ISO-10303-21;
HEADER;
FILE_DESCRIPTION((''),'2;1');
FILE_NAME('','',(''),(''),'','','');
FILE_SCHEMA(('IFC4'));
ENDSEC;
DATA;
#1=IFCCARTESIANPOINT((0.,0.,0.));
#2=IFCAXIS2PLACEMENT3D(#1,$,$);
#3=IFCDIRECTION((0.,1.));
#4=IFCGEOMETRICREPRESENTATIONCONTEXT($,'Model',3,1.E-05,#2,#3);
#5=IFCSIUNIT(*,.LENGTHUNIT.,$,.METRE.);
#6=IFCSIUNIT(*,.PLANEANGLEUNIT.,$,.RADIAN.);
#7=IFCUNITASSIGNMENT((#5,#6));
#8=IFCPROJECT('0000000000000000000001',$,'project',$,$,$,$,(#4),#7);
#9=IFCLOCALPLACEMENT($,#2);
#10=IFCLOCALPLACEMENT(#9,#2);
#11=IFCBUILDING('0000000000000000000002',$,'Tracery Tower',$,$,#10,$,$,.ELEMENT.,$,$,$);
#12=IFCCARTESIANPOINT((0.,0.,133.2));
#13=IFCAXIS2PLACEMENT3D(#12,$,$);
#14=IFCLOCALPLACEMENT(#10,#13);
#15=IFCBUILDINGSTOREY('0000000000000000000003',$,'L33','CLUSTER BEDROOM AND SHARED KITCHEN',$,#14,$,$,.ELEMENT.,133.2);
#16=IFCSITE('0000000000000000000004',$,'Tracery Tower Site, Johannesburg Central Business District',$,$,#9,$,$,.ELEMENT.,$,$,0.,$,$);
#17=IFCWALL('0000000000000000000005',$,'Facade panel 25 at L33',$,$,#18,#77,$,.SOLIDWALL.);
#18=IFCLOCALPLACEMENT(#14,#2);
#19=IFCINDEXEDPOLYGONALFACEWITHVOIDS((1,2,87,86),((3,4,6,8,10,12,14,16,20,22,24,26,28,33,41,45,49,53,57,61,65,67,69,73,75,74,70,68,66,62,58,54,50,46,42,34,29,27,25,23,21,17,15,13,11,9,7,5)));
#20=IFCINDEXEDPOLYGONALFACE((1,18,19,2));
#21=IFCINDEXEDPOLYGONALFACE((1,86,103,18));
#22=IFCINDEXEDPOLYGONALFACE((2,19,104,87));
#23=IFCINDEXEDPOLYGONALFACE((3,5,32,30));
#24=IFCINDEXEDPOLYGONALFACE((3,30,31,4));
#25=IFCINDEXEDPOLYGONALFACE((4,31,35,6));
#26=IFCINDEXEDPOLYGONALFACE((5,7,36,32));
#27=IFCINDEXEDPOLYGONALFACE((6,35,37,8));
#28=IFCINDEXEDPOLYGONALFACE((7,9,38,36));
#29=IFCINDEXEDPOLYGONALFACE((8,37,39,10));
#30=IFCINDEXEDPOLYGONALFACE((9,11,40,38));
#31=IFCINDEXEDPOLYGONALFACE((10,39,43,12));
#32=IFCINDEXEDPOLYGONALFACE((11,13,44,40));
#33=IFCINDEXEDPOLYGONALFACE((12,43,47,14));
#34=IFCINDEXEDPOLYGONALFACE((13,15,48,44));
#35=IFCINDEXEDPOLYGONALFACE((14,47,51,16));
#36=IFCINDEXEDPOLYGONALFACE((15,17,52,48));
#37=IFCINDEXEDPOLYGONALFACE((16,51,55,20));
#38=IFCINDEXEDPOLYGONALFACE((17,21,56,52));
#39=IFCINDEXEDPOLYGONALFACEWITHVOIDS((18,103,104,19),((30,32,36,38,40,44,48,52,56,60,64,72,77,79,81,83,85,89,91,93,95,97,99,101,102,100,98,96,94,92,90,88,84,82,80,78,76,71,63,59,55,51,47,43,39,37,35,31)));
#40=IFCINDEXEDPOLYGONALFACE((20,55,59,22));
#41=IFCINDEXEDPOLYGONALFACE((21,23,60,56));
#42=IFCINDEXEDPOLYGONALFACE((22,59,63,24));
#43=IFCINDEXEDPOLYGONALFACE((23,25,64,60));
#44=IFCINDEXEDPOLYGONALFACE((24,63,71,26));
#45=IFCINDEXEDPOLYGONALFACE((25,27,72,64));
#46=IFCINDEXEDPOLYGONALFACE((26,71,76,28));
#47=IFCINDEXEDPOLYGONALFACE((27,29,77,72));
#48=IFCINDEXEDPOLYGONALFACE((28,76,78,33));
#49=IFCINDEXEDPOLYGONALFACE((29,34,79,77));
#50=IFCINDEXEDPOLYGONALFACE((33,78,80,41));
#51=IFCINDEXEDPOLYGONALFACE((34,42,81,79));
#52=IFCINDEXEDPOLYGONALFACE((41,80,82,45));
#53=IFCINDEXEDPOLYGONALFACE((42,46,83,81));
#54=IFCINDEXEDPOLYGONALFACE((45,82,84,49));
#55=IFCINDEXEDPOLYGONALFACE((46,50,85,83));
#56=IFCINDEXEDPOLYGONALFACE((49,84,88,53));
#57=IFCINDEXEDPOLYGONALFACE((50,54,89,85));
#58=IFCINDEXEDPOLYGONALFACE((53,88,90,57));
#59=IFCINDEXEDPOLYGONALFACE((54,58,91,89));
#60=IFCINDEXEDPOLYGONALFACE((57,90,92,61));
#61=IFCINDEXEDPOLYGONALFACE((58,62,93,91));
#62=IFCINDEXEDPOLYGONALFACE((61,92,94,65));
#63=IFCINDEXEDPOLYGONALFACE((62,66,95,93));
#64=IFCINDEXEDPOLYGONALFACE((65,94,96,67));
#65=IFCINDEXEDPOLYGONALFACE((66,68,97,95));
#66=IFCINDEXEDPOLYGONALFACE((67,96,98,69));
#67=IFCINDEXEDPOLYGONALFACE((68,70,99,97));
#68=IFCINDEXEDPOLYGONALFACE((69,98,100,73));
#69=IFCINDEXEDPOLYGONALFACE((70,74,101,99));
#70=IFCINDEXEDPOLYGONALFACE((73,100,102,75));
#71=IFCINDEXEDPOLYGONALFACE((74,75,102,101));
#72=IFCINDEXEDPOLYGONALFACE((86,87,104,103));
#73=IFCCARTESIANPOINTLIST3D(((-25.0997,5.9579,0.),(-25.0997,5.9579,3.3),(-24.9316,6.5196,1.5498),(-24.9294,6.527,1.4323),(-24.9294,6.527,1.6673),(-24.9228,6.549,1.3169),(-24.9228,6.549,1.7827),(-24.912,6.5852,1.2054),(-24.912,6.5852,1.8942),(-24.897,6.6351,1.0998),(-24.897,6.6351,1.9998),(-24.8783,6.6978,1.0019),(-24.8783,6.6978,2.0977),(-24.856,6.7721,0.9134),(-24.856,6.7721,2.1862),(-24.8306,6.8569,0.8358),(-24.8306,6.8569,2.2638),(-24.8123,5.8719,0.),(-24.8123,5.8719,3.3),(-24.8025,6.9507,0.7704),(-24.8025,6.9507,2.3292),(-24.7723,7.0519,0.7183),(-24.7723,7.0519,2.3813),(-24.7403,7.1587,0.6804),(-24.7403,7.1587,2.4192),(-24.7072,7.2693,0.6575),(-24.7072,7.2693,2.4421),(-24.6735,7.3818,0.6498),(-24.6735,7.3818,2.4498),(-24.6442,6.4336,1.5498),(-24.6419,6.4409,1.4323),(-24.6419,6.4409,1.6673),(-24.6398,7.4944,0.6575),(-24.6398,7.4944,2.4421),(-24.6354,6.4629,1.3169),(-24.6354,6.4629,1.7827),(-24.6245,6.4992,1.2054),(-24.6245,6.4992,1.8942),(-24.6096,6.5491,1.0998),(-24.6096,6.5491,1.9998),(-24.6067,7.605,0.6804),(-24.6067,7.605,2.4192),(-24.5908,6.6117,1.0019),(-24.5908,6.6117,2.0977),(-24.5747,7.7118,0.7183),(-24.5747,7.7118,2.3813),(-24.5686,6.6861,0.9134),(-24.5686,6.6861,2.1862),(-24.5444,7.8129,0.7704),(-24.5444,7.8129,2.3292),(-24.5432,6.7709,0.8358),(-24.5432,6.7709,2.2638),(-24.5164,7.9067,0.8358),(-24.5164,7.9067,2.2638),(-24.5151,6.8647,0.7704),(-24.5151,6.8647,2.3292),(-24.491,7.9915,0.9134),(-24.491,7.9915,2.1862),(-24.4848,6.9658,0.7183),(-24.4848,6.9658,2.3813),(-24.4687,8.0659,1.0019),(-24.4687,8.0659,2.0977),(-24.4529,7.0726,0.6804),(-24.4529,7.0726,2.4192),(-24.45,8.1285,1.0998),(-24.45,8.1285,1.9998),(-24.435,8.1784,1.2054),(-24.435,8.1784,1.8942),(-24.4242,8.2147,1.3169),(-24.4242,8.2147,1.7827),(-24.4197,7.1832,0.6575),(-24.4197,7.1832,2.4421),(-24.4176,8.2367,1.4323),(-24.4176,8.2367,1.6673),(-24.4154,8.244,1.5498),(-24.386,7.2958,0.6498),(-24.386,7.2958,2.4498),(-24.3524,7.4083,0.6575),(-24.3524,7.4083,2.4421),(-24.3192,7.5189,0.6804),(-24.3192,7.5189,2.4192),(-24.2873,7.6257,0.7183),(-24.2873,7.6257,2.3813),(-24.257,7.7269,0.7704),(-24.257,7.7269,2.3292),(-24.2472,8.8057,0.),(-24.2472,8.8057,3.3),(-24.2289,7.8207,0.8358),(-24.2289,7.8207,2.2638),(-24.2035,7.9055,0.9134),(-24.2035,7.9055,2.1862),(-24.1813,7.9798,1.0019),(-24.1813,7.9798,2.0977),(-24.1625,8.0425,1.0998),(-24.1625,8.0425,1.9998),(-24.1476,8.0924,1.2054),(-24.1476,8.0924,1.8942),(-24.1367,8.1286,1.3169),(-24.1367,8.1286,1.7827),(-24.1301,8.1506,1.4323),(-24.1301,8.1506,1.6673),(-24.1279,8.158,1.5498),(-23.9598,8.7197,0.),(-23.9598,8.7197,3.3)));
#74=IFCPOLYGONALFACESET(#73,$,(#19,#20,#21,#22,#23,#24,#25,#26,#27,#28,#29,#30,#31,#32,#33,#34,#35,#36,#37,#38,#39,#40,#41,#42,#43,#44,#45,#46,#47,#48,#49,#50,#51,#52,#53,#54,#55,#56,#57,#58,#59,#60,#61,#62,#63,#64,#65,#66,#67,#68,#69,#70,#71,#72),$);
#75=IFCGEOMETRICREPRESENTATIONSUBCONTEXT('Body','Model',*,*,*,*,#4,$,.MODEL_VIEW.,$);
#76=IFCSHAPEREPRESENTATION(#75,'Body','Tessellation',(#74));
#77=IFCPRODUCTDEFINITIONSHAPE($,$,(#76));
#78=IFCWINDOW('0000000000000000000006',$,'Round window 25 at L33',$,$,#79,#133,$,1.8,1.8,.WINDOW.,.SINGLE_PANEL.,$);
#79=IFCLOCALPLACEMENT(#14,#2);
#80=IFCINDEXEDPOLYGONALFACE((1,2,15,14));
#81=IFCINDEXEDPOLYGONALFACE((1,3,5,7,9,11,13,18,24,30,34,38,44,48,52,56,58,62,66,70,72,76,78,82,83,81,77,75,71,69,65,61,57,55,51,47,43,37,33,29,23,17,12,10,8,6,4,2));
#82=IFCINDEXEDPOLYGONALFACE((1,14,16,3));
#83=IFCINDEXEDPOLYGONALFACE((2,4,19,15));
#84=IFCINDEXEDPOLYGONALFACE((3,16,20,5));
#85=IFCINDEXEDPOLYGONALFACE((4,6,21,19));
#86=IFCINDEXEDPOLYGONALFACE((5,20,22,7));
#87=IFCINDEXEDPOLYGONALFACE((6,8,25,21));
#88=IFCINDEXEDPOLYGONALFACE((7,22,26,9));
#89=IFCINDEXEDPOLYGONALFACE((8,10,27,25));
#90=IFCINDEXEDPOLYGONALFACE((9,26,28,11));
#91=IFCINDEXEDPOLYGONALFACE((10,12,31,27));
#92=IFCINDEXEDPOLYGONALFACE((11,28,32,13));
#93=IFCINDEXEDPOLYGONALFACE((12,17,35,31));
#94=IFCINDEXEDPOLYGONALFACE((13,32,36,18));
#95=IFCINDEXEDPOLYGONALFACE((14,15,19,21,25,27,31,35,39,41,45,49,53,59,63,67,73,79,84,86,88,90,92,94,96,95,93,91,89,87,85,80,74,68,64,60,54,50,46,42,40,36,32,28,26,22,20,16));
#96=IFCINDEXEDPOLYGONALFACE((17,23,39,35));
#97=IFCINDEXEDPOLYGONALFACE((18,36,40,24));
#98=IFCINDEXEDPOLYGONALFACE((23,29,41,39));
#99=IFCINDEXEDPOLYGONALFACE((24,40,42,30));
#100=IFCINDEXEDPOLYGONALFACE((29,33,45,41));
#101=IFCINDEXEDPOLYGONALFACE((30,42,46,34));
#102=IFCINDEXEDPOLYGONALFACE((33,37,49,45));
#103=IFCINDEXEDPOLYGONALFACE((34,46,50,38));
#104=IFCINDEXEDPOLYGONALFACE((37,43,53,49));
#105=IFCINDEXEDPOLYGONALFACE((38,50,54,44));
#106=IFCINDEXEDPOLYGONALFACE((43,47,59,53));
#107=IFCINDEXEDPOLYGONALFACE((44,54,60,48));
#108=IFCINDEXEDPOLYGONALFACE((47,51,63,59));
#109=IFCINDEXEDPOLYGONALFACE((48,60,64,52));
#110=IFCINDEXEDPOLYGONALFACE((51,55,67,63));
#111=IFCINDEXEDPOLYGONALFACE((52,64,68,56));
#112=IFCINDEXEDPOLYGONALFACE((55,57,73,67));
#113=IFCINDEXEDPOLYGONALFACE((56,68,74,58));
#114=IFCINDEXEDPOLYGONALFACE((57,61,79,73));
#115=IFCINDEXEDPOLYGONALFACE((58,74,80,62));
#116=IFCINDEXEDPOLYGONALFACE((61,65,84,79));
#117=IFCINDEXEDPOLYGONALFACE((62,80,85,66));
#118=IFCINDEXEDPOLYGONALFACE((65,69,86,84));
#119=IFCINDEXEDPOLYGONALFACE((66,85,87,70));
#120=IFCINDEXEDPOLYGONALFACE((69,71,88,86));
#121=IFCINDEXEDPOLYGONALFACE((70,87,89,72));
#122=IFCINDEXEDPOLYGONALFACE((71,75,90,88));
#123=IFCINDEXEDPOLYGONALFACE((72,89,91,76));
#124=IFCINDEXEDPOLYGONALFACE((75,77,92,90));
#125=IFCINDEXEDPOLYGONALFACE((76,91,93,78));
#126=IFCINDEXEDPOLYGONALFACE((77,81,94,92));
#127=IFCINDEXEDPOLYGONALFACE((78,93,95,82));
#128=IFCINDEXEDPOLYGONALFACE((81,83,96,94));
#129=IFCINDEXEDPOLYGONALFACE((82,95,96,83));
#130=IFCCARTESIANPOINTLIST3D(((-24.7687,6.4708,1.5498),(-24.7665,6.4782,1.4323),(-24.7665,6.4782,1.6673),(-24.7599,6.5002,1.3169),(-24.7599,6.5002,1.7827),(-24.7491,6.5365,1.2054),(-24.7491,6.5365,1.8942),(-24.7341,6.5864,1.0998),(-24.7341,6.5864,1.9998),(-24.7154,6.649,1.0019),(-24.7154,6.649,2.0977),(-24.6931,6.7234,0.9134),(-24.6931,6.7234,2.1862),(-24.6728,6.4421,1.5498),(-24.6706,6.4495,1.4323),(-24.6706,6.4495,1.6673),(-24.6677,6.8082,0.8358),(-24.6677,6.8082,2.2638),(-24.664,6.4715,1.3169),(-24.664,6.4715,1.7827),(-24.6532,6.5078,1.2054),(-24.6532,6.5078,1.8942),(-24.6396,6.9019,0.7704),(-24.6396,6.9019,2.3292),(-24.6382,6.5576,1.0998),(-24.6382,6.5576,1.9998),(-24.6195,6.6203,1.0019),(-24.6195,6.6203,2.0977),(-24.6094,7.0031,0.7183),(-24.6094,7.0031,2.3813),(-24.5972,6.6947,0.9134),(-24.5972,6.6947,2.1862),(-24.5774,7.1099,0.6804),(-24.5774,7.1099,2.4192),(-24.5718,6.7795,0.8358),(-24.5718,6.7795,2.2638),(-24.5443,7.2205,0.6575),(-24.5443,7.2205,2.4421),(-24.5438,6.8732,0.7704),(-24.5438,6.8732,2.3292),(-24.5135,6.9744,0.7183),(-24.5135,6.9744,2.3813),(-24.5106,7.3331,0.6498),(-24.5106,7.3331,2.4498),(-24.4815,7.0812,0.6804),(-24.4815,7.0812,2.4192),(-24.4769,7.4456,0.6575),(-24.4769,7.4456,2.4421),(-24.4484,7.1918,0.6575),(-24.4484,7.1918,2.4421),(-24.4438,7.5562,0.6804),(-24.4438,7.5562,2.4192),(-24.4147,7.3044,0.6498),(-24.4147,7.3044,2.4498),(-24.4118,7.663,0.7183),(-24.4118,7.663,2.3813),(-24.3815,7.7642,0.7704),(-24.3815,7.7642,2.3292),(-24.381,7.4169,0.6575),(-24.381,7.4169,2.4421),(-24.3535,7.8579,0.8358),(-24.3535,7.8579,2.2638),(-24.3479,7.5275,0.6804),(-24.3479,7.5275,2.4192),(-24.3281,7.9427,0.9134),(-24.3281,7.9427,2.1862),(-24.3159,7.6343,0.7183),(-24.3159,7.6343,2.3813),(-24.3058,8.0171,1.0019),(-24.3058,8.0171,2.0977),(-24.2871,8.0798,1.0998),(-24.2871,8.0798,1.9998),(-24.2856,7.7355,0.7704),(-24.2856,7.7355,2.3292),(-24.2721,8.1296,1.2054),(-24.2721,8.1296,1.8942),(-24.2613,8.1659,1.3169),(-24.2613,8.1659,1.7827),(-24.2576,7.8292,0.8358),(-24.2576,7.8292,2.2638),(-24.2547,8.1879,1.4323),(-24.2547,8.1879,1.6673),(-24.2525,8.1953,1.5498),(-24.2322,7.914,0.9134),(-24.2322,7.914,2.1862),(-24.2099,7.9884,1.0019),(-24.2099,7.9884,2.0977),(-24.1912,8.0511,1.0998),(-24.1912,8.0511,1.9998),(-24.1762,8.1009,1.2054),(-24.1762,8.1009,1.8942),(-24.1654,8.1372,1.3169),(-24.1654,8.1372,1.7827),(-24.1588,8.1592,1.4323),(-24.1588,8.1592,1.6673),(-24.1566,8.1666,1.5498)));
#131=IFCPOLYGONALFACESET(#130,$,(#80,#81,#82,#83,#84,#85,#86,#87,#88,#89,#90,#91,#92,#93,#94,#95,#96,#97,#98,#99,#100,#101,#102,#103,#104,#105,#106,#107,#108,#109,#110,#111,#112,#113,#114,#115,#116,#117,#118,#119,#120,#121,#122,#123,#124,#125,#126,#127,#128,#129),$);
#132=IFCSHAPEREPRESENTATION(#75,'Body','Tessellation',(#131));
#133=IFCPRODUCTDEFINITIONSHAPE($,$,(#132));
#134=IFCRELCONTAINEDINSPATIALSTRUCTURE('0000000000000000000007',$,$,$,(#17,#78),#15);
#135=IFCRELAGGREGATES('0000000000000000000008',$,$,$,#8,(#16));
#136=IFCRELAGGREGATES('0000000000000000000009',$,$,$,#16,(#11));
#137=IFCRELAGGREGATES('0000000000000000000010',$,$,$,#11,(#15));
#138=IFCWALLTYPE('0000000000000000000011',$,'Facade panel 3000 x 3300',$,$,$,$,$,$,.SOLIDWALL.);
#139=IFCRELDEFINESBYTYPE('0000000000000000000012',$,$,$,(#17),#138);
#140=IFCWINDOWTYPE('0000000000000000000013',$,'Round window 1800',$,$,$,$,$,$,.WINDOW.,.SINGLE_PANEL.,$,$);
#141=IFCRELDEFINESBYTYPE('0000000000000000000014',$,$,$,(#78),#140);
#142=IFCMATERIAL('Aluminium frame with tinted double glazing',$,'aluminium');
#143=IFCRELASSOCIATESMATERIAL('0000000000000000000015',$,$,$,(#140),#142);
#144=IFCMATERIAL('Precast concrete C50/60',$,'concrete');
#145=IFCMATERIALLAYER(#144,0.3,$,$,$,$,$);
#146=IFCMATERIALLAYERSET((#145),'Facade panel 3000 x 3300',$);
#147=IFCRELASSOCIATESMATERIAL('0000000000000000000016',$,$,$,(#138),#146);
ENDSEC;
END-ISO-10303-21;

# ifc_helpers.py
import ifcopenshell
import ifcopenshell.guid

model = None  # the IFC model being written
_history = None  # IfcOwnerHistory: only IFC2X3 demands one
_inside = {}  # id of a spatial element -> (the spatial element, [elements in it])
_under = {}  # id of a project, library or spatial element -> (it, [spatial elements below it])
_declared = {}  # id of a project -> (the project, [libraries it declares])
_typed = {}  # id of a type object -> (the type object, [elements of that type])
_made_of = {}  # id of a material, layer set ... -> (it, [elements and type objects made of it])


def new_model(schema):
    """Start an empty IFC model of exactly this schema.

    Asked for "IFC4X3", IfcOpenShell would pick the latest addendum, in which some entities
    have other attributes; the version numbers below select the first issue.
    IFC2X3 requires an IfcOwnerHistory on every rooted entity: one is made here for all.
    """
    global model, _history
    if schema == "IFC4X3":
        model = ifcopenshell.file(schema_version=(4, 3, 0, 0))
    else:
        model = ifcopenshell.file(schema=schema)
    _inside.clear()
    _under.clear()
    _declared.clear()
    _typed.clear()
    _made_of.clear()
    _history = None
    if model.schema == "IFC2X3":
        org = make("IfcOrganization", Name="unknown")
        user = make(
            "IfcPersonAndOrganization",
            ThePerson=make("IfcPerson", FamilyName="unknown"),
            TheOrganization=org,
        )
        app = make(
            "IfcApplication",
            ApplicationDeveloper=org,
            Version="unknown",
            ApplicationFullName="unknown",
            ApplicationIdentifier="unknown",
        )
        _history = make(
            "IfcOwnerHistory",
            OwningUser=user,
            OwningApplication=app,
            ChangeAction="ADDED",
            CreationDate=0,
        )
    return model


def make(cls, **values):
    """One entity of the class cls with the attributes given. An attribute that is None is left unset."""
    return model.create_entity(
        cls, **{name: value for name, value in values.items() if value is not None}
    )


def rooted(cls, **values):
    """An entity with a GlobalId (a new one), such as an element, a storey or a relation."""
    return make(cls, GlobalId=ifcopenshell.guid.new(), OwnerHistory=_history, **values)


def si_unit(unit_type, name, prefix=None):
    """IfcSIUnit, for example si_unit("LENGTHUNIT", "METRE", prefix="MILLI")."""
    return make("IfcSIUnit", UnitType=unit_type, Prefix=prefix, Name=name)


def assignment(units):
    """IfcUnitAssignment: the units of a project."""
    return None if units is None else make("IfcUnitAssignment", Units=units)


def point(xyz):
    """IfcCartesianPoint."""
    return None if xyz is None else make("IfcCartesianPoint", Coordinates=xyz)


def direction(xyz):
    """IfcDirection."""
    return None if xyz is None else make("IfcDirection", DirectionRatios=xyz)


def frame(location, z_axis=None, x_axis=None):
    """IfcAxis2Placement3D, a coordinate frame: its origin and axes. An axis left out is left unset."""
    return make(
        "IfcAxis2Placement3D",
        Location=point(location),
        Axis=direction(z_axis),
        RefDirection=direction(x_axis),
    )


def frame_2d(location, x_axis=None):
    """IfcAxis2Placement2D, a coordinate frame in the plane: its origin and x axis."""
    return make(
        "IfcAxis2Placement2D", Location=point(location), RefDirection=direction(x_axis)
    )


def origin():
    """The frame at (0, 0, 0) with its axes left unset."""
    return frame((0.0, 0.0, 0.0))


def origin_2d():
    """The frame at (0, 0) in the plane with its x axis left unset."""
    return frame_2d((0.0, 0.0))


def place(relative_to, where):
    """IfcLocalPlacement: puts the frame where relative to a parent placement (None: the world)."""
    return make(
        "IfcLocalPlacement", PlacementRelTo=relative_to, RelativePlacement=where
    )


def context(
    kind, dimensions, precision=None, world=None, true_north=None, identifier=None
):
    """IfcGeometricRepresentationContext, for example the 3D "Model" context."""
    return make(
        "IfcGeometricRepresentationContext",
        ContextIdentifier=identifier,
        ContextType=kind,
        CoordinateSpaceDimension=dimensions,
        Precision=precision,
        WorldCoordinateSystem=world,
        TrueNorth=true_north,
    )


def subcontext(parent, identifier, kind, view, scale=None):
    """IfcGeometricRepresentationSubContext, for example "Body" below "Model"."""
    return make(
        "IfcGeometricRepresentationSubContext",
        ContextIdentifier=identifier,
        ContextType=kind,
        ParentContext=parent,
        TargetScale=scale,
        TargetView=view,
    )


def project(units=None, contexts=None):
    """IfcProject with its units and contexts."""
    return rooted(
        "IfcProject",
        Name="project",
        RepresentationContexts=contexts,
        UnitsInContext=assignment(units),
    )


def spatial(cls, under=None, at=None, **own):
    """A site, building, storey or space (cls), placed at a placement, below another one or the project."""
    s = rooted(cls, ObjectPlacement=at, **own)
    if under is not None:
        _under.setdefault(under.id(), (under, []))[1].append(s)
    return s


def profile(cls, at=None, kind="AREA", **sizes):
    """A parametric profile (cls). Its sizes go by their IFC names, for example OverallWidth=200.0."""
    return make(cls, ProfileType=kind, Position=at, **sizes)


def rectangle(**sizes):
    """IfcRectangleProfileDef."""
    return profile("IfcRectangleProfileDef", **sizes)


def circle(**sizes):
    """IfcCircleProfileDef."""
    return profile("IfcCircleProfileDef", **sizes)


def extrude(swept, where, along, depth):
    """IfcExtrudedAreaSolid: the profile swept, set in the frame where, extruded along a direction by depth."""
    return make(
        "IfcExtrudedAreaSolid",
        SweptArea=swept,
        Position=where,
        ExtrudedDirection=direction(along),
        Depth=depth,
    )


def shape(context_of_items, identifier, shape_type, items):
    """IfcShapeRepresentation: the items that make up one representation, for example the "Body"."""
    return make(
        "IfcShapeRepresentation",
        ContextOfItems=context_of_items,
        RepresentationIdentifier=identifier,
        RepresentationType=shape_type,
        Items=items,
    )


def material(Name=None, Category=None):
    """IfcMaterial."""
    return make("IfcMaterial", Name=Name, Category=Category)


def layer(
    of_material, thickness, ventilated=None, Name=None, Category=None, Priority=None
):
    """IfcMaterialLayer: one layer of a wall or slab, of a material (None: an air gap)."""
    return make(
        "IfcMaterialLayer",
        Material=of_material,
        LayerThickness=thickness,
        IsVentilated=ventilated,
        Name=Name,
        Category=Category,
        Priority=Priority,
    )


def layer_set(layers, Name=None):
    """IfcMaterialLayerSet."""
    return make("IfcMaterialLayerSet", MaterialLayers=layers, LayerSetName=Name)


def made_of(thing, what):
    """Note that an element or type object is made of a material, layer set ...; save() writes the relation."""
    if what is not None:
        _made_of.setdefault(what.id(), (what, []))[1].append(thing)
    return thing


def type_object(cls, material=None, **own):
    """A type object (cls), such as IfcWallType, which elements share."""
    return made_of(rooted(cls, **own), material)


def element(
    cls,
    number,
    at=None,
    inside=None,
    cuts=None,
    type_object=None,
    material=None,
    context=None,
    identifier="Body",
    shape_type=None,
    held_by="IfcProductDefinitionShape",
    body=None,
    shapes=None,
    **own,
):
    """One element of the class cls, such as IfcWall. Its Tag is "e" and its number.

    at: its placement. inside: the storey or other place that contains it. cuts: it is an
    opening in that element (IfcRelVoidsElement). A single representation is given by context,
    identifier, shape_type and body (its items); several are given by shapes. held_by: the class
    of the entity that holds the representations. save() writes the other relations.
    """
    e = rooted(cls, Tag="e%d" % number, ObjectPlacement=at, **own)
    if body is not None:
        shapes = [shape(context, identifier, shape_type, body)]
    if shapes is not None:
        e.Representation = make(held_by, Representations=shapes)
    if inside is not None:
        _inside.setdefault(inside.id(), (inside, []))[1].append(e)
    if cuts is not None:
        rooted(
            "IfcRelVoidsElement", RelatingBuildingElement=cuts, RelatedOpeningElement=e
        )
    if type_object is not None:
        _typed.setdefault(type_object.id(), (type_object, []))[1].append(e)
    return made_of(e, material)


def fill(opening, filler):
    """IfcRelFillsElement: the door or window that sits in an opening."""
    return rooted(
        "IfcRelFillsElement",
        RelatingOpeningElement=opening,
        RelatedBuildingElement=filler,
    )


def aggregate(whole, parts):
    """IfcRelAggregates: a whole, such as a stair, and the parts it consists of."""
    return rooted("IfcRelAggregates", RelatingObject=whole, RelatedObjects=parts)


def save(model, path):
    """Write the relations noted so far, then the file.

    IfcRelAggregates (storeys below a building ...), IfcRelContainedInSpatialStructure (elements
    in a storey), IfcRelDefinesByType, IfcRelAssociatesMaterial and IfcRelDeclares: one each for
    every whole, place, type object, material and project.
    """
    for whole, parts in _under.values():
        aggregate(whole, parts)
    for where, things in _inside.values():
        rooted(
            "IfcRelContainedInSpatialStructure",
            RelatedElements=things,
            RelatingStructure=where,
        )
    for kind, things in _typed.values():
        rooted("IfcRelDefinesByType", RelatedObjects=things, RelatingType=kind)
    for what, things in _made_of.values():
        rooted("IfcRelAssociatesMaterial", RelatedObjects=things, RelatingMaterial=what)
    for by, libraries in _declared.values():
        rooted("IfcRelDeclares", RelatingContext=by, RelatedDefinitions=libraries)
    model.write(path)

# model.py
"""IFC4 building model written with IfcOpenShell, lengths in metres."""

from ifc_helpers import new_model, si_unit, direction, frame, frame_2d, origin, origin_2d, place, context, subcontext, project, spatial, rectangle, circle, extrude, material, layer, layer_set, type_object, element, fill, save


model = new_model("IFC4")

# Units and contexts
model_context = context("Model", 3, precision=1e-05, world=origin(), true_north=direction((0.0, 1.0)))
body_context = subcontext(model_context, "Body", "Model", "MODEL_VIEW")
ifc_project = project(units=[si_unit("LENGTHUNIT", "METRE"), si_unit("PLANEANGLEUNIT", "RADIAN")], contexts=[model_context])

# Site, building, storey
site_placement = place(None, origin())
site = spatial("IfcSite", under=ifc_project, at=site_placement, Name="Tracery Tower Site, Johannesburg Central Business District", CompositionType="ELEMENT", RefElevation=0.0)
building_placement = place(site_placement, origin())
building = spatial("IfcBuilding", under=site, at=building_placement, Name="Tracery Tower", CompositionType="ELEMENT")
storey_placement = place(building_placement, frame((0.0, 0.0, 133.2)))
storey = spatial("IfcBuildingStorey", under=building, at=storey_placement, Name="L33", Description="CLUSTER BEDROOM AND SHARED KITCHEN", CompositionType="ELEMENT", Elevation=133.2)

# Wall, opening, window
ifc_material_1 = material(Name="Aluminium frame with tinted double glazing", Category="aluminium")
window_type = type_object("IfcWindowType", Name="Round window 1800", PartitioningType="SINGLE_PANEL", PredefinedType="WINDOW", material=ifc_material_1)
ifc_material_2 = material(Name="Precast concrete C50/60", Category="concrete")
ifc_layer_1 = layer(ifc_material_2, 0.3)
ifc_layer_set_1 = layer_set([ifc_layer_1], Name="Facade panel 3000 x 3300")
wall_type_1 = type_object("IfcWallType", Name="Facade panel 3000 x 3300", PredefinedType="SOLIDWALL", material=ifc_layer_set_1)
wall_1_placement = place(storey_placement, frame((-24.1035, 8.7627, 0.0), z_axis=(0.0, 0.0, 1.0), x_axis=(-0.286783, -0.957996, 0.0)))
wall_1 = element("IfcWall", 1, at=wall_1_placement, inside=storey, type_object=wall_type_1, Name="Facade panel 25 at L33", PredefinedType="SOLIDWALL", context=body_context, shape_type="SweptSolid", body=[
    extrude(rectangle(XDim=2.9727, YDim=0.3, at=frame_2d((1.4863, 0.0))), origin(), (0.0, 0.0, 1.0), 3.3),
])
opening_1_placement = place(wall_1_placement, frame((1.4863, 0.0, 1.5498)))
opening_1 = element("IfcOpeningElement", 2, at=opening_1_placement, cuts=wall_1, PredefinedType="OPENING", context=body_context, shape_type="SweptSolid", body=[
    extrude(circle(Radius=0.9, at=origin_2d()), frame((0.0, 0.1599, 0.0), z_axis=(0.0, -1.0, 0.0), x_axis=(1.0, 0.0, 0.0)), (0.0, 0.0, 1.0), 0.3201),
])
window_1_placement = place(opening_1_placement, origin())
window_1 = element("IfcWindow", 3, at=window_1_placement, inside=storey, type_object=window_type, Name="Round window 25 at L33", OverallHeight=1.8, OverallWidth=1.8, PartitioningType="SINGLE_PANEL", PredefinedType="WINDOW", context=body_context, shape_type="SweptSolid", body=[
    extrude(circle(Radius=0.9, at=origin_2d()), frame((0.0, 0.1201, 0.0), z_axis=(0.0, -1.0, 0.0), x_axis=(1.0, 0.0, 0.0)), (0.0, 0.0, 1.0), 0.1001),
])
fill(opening_1, window_1)

save(model, "model.ifc")
